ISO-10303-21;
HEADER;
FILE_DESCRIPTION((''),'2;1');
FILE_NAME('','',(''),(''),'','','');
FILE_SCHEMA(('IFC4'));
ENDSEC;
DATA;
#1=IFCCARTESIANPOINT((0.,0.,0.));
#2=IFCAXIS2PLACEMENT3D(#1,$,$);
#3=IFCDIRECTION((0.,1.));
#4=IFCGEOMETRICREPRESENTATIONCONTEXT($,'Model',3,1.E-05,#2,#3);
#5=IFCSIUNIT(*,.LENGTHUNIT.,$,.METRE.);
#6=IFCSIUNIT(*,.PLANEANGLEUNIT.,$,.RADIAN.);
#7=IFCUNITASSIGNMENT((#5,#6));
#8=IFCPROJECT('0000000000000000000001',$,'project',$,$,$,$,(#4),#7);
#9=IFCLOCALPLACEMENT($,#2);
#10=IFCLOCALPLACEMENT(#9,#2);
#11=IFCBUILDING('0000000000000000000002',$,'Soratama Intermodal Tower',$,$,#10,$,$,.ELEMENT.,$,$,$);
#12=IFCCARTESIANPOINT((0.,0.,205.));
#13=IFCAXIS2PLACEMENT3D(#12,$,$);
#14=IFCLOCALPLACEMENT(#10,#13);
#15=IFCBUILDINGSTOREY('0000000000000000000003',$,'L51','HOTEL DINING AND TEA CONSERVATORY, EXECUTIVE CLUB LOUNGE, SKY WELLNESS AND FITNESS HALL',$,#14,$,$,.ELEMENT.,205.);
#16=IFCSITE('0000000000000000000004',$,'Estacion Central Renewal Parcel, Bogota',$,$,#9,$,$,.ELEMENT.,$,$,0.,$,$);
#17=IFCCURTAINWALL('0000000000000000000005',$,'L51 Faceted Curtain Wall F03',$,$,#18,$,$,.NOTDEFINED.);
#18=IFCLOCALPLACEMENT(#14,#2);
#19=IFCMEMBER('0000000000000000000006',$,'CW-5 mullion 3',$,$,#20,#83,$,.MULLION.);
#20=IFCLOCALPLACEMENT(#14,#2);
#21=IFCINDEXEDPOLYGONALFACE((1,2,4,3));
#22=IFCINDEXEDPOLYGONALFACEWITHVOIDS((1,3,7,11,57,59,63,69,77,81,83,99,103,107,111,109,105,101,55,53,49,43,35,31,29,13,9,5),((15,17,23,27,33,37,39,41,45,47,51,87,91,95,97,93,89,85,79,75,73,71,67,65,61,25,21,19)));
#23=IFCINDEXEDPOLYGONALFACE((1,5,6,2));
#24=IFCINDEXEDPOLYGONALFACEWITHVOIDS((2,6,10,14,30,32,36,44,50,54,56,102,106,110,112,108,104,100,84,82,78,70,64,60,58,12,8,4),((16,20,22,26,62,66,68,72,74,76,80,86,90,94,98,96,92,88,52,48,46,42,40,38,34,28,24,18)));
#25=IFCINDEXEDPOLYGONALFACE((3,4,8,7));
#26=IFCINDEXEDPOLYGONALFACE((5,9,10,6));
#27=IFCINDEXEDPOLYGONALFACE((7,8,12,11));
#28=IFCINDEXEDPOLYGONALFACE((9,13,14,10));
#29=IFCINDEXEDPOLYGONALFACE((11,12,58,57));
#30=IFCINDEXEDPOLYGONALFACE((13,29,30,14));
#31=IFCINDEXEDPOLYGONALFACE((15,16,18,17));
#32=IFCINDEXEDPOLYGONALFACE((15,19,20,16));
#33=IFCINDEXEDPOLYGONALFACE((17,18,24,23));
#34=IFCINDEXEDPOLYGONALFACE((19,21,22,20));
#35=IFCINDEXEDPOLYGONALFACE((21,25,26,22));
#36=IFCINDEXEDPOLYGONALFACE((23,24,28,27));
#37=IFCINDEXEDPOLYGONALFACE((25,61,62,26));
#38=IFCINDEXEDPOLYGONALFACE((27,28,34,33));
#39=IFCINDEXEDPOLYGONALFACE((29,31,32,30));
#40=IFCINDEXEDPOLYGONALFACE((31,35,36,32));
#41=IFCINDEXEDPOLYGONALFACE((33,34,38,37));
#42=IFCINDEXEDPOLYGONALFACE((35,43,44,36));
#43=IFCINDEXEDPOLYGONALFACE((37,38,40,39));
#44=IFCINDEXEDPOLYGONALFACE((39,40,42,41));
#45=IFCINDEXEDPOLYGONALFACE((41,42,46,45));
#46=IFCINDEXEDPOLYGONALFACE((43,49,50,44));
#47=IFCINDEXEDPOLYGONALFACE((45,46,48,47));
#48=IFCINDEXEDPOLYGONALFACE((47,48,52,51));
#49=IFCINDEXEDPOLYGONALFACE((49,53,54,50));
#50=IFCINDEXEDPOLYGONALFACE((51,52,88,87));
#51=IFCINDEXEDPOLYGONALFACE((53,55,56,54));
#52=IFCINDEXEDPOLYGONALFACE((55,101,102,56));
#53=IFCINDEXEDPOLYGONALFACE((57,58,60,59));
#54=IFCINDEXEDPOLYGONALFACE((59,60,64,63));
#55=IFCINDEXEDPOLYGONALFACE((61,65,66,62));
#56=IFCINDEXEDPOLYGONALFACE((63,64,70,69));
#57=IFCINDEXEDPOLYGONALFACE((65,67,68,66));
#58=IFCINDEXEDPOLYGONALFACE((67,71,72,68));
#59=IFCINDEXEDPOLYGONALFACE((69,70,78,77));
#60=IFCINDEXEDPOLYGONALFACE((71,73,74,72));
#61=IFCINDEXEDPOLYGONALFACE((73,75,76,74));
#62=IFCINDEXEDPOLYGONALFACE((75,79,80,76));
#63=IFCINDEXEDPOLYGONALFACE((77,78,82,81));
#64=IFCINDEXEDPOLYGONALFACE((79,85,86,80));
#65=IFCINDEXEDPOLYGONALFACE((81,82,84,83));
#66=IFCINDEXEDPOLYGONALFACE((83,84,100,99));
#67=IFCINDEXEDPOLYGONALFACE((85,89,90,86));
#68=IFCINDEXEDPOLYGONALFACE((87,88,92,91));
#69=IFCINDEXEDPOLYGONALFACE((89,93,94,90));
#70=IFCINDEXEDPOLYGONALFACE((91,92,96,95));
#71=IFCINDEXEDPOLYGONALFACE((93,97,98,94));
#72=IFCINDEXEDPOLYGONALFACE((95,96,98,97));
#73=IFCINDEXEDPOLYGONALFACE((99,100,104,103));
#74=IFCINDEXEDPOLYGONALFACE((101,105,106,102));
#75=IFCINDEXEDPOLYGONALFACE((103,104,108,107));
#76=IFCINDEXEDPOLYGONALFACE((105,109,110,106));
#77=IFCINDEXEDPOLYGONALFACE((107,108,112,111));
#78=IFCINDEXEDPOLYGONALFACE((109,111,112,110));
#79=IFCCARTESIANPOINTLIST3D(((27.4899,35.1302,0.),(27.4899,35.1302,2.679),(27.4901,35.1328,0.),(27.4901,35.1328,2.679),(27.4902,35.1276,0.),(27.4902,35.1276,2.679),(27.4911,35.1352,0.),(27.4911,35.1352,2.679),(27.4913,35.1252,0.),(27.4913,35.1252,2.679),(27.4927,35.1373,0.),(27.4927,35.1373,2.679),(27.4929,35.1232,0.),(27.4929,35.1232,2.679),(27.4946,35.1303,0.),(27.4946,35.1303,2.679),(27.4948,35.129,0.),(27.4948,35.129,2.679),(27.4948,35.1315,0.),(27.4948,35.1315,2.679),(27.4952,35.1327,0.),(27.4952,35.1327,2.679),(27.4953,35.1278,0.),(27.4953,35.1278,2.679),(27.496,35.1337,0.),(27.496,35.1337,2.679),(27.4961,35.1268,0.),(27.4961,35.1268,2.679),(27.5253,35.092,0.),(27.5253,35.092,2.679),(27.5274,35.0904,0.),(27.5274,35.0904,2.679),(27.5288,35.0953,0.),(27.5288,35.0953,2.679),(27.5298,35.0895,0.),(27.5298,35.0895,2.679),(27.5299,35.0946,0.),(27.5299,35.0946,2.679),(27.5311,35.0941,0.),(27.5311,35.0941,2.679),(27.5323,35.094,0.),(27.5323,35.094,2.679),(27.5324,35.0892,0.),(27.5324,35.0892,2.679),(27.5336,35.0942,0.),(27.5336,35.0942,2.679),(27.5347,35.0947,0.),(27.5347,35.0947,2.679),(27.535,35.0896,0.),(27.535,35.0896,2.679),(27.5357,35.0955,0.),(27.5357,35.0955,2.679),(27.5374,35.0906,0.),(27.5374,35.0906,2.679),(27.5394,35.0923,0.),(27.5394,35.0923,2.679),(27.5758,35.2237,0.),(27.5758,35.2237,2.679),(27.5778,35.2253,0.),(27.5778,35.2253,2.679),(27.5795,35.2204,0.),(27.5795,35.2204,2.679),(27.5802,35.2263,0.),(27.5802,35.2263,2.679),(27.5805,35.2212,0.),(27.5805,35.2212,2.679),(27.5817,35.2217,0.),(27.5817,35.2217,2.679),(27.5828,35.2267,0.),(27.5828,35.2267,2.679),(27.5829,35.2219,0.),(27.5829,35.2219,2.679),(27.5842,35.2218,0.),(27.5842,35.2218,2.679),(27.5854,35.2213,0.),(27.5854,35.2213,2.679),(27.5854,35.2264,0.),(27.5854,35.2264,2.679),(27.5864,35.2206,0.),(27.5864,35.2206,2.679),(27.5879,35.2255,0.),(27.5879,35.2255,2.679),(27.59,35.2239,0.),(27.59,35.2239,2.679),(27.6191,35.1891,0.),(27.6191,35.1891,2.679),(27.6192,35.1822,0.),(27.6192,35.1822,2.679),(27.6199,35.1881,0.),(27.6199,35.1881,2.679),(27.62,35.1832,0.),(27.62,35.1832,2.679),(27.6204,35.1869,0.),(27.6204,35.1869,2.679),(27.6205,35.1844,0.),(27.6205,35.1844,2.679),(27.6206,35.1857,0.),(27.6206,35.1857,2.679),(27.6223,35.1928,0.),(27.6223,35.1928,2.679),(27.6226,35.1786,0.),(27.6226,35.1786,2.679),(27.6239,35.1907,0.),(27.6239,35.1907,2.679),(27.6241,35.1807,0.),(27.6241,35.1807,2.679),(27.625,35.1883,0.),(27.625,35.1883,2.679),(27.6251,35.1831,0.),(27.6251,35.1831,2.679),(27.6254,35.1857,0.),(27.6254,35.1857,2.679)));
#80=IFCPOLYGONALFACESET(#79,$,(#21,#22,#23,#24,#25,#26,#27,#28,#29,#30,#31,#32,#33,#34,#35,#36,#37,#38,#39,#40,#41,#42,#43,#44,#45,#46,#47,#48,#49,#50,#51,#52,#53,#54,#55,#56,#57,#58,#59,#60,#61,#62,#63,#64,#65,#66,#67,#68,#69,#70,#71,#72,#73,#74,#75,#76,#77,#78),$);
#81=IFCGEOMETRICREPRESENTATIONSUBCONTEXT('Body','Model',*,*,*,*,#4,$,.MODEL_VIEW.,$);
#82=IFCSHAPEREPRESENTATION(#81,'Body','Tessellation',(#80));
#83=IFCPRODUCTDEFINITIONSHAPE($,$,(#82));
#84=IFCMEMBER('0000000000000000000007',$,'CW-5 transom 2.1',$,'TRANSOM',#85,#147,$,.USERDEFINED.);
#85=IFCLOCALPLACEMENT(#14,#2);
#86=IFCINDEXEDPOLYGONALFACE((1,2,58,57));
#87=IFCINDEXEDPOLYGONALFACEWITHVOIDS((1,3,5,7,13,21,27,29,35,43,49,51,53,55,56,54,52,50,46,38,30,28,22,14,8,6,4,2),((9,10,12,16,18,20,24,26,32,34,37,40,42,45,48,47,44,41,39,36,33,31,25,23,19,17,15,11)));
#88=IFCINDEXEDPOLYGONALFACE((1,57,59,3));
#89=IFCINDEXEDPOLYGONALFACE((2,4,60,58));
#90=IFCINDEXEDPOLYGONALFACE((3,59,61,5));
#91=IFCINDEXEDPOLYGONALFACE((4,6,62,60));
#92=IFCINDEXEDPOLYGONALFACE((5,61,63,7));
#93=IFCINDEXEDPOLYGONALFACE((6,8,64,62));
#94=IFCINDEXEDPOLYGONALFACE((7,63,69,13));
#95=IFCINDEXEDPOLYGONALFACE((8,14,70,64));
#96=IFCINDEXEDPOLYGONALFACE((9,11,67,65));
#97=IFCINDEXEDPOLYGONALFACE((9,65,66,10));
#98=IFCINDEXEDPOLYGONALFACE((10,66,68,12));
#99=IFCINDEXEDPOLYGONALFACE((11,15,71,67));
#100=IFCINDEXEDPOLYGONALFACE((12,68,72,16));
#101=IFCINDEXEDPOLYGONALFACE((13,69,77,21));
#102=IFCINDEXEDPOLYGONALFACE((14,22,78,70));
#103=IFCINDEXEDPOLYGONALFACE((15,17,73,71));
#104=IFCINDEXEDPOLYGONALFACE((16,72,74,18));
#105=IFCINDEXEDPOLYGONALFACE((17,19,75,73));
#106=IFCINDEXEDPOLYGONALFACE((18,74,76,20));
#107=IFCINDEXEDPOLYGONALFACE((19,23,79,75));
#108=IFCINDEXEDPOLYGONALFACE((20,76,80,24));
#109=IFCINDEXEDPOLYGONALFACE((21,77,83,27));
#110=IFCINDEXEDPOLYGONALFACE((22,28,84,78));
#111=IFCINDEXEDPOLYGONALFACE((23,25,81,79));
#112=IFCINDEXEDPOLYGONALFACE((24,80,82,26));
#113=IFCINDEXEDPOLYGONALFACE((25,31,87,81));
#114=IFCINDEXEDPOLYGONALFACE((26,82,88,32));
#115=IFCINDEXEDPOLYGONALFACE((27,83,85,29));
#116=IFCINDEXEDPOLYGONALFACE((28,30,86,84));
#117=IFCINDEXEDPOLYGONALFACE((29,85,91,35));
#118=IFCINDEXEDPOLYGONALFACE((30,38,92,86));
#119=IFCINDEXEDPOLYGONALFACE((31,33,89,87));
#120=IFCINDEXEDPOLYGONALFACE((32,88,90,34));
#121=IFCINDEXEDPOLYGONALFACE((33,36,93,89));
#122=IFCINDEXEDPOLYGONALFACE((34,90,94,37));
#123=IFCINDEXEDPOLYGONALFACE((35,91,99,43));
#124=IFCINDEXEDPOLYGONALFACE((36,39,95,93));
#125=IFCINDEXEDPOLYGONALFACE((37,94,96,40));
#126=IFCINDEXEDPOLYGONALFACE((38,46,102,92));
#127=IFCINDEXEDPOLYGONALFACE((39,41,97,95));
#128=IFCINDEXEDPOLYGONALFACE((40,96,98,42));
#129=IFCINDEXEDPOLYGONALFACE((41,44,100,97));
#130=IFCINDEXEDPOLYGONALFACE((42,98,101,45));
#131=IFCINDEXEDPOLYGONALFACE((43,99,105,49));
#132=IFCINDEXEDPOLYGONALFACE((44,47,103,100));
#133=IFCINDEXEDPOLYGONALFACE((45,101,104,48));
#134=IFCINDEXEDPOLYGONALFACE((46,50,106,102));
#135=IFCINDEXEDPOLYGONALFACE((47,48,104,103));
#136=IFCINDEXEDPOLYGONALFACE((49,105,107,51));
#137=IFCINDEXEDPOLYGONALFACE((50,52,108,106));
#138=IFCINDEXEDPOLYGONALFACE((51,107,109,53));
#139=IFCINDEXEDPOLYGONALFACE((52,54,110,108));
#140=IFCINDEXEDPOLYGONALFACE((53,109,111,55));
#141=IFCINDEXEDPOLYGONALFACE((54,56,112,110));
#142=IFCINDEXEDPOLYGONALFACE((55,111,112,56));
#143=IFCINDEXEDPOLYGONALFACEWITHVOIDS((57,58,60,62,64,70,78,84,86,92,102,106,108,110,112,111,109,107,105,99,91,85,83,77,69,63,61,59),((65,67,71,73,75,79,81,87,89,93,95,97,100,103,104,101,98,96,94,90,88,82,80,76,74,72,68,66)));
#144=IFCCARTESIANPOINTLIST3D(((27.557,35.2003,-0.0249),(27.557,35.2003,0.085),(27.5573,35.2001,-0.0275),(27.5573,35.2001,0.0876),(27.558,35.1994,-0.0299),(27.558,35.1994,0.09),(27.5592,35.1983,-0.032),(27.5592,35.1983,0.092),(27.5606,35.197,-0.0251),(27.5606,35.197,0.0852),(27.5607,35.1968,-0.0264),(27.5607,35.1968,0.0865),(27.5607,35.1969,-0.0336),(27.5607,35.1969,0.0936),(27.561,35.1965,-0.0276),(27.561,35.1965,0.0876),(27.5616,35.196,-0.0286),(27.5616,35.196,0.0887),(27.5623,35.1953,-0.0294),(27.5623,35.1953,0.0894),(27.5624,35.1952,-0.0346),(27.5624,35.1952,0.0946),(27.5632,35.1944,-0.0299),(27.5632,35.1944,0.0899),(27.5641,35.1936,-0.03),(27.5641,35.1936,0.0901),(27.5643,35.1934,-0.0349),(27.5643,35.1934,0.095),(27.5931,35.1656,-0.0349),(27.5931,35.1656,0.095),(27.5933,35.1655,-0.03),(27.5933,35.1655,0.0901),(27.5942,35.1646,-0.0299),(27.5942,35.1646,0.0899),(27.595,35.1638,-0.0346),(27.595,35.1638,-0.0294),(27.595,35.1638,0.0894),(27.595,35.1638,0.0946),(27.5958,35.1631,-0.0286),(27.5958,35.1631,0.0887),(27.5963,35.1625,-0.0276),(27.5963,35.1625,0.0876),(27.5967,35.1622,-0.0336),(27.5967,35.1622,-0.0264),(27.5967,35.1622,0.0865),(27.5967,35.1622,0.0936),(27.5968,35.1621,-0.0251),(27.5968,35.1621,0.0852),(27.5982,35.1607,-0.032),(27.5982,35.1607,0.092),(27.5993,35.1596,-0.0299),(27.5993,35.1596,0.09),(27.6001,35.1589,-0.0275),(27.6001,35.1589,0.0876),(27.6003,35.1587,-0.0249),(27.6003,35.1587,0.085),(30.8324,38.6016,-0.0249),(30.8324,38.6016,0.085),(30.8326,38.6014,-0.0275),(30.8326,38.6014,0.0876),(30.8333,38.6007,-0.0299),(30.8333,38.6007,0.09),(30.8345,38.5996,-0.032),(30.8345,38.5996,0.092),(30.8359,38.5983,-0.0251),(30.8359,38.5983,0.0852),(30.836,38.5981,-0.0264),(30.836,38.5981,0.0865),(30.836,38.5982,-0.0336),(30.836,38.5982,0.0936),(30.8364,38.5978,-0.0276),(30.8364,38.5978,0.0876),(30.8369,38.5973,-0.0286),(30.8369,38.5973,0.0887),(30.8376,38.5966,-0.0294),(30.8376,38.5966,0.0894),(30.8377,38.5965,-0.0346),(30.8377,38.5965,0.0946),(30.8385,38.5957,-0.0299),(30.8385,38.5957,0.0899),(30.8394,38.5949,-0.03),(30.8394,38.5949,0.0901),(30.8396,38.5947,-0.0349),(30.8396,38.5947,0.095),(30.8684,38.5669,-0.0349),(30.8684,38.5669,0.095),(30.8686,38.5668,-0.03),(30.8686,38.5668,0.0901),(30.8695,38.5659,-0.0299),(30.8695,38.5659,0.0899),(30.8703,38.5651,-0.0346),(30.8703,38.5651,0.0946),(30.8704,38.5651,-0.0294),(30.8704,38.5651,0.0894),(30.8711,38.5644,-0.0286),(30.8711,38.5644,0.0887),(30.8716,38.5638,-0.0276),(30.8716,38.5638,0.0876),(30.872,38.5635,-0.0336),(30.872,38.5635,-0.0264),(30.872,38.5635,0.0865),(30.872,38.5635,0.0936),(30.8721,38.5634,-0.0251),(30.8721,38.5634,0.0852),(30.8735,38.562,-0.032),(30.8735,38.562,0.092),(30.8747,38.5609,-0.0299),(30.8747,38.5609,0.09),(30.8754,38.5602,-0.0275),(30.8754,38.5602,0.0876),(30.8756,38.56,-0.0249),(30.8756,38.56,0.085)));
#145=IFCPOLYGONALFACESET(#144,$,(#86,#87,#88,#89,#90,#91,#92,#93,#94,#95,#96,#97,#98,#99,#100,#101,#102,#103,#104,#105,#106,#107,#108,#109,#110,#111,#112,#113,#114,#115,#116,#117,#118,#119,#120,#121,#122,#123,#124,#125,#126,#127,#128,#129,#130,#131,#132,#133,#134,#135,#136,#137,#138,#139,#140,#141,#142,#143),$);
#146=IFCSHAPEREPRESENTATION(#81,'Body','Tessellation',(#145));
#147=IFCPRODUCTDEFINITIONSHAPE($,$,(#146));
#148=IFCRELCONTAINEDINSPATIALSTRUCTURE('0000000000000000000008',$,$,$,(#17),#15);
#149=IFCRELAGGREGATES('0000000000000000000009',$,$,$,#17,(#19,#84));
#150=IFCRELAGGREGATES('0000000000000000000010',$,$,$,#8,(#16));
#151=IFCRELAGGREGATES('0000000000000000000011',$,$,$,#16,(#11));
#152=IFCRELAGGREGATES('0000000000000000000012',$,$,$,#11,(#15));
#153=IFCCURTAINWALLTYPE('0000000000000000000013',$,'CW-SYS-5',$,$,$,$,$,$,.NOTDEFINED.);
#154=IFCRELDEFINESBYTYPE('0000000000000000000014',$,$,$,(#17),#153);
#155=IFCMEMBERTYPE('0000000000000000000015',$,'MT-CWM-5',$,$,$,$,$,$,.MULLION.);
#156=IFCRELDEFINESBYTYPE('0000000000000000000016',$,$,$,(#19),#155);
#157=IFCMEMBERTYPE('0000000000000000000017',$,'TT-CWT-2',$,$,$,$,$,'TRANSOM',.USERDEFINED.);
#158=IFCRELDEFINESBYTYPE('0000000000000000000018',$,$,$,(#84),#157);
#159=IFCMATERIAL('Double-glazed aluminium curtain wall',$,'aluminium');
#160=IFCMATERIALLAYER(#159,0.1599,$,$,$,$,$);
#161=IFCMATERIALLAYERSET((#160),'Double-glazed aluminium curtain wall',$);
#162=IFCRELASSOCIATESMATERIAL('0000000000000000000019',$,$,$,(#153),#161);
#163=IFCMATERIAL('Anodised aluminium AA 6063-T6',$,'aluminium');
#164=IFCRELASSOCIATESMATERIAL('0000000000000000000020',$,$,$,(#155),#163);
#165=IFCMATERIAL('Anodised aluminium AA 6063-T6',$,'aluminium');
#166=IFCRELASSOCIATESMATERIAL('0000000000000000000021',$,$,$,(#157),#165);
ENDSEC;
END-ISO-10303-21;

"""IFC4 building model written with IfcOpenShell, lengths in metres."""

from ifc_helpers import new_model, si_unit, direction, frame, origin, origin_2d, place, context, subcontext, project, spatial, hollow_rectangle, extrude, material, layer, layer_set, material_profile, profile_set, type_object, element, aggregate, save


model = new_model("IFC4")

# Units and contexts
model_context = context("Model", 3, precision=1e-05, world=origin(), true_north=direction((0.0, 1.0)))
body_context = subcontext(model_context, "Body", "Model", "MODEL_VIEW")
ifc_project = project(units=[si_unit("LENGTHUNIT", "METRE"), si_unit("PLANEANGLEUNIT", "RADIAN")], contexts=[model_context])

# Site, building, storey
site_placement = place(None, origin())
site = spatial("IfcSite", under=ifc_project, at=site_placement, Name="Estacion Central Renewal Parcel, Bogota", CompositionType="ELEMENT", RefElevation=0.0)
building_placement = place(site_placement, origin())
building = spatial("IfcBuilding", under=site, at=building_placement, Name="Soratama Intermodal Tower", CompositionType="ELEMENT")
storey_placement = place(building_placement, frame((0.0, 0.0, 205.0)))
storey = spatial("IfcBuildingStorey", under=building, at=storey_placement, Name="L51", Description="HOTEL DINING AND TEA CONSERVATORY, EXECUTIVE CLUB LOUNGE, SKY WELLNESS AND FITNESS HALL", CompositionType="ELEMENT", Elevation=205.0)

# Curtain wall, members
ifc_material_1 = material(Name="Double-glazed aluminium curtain wall", Category="aluminium")
ifc_layer_1 = layer(ifc_material_1, 0.1599)
ifc_layer_set_1 = layer_set([ifc_layer_1], Name="Double-glazed aluminium curtain wall")
curtain_wall_type = type_object("IfcCurtainWallType", Name="CW-SYS-5", PredefinedType="NOTDEFINED", material=ifc_layer_set_1)
curtain_wall_placement = place(storey_placement, origin())
curtain_wall = element("IfcCurtainWall", 1, at=curtain_wall_placement, inside=storey, type_object=curtain_wall_type, Name="L51 Faceted Curtain Wall F03", PredefinedType="NOTDEFINED")
ifc_material_2 = material(Name="Anodised aluminium AA 6063-T6", Category="aluminium")
ifc_material_profile_1 = material_profile(ifc_material_2, hollow_rectangle(XDim=0.0649, YDim=0.1399, WallThickness=0.0049, InnerFilletRadius=0.0049, OuterFilletRadius=0.01, at=origin_2d()), Name="CWM140X65X5")
ifc_profile_set_1 = profile_set([ifc_material_profile_1], Name="Anodised aluminium AA 6063-T6")
member_type_1 = type_object("IfcMemberType", Name="MT-CWM-5", PredefinedType="MULLION", material=ifc_profile_set_1)
member_1_placement = place(storey_placement, frame((27.5576, 35.158, 0.0), z_axis=(0.0, 0.0, 1.0), x_axis=(0.720307, -0.693655, 0.0)))
member_1 = element("IfcMember", 2, at=member_1_placement, type_object=member_type_1, Name="CW-5 mullion 3", PredefinedType="MULLION", context=body_context, shape_type="SweptSolid", body=[
    extrude(hollow_rectangle(XDim=0.0649, YDim=0.1399, WallThickness=0.0049, InnerFilletRadius=0.0049, OuterFilletRadius=0.01, at=origin_2d()), origin(), (0.0, 0.0, 1.0), 2.679),
])
ifc_material_3 = material(Name="Anodised aluminium AA 6063-T6", Category="aluminium")
ifc_material_profile_2 = material_profile(ifc_material_3, hollow_rectangle(XDim=0.0601, YDim=0.1299, WallThickness=0.0049, InnerFilletRadius=0.0049, OuterFilletRadius=0.01, at=origin_2d()), Name="CWT130X60X5")
ifc_profile_set_2 = profile_set([ifc_material_profile_2], Name="Anodised aluminium AA 6063-T6")
member_type_2 = type_object("IfcMemberType", Name="TT-CWT-2", ElementType="TRANSOM", PredefinedType="USERDEFINED", material=ifc_profile_set_2)
member_2_placement = place(storey_placement, frame((30.854, 38.5808, 0.03), z_axis=(-0.693642, -0.72032, 0.0), x_axis=(0.72032, -0.693642, 0.0)))
member_2 = element("IfcMember", 3, at=member_2_placement, type_object=member_type_2, Name="CW-5 transom 2.1", ObjectType="TRANSOM", PredefinedType="USERDEFINED", context=body_context, shape_type="SweptSolid", body=[
    extrude(hollow_rectangle(XDim=0.0601, YDim=0.1299, WallThickness=0.0049, InnerFilletRadius=0.0049, OuterFilletRadius=0.01, at=origin_2d()), origin(), (0.0, 0.0, 1.0), 4.7219),
])
aggregate(curtain_wall, [member_1, member_2])

save(model, "model.ifc")
